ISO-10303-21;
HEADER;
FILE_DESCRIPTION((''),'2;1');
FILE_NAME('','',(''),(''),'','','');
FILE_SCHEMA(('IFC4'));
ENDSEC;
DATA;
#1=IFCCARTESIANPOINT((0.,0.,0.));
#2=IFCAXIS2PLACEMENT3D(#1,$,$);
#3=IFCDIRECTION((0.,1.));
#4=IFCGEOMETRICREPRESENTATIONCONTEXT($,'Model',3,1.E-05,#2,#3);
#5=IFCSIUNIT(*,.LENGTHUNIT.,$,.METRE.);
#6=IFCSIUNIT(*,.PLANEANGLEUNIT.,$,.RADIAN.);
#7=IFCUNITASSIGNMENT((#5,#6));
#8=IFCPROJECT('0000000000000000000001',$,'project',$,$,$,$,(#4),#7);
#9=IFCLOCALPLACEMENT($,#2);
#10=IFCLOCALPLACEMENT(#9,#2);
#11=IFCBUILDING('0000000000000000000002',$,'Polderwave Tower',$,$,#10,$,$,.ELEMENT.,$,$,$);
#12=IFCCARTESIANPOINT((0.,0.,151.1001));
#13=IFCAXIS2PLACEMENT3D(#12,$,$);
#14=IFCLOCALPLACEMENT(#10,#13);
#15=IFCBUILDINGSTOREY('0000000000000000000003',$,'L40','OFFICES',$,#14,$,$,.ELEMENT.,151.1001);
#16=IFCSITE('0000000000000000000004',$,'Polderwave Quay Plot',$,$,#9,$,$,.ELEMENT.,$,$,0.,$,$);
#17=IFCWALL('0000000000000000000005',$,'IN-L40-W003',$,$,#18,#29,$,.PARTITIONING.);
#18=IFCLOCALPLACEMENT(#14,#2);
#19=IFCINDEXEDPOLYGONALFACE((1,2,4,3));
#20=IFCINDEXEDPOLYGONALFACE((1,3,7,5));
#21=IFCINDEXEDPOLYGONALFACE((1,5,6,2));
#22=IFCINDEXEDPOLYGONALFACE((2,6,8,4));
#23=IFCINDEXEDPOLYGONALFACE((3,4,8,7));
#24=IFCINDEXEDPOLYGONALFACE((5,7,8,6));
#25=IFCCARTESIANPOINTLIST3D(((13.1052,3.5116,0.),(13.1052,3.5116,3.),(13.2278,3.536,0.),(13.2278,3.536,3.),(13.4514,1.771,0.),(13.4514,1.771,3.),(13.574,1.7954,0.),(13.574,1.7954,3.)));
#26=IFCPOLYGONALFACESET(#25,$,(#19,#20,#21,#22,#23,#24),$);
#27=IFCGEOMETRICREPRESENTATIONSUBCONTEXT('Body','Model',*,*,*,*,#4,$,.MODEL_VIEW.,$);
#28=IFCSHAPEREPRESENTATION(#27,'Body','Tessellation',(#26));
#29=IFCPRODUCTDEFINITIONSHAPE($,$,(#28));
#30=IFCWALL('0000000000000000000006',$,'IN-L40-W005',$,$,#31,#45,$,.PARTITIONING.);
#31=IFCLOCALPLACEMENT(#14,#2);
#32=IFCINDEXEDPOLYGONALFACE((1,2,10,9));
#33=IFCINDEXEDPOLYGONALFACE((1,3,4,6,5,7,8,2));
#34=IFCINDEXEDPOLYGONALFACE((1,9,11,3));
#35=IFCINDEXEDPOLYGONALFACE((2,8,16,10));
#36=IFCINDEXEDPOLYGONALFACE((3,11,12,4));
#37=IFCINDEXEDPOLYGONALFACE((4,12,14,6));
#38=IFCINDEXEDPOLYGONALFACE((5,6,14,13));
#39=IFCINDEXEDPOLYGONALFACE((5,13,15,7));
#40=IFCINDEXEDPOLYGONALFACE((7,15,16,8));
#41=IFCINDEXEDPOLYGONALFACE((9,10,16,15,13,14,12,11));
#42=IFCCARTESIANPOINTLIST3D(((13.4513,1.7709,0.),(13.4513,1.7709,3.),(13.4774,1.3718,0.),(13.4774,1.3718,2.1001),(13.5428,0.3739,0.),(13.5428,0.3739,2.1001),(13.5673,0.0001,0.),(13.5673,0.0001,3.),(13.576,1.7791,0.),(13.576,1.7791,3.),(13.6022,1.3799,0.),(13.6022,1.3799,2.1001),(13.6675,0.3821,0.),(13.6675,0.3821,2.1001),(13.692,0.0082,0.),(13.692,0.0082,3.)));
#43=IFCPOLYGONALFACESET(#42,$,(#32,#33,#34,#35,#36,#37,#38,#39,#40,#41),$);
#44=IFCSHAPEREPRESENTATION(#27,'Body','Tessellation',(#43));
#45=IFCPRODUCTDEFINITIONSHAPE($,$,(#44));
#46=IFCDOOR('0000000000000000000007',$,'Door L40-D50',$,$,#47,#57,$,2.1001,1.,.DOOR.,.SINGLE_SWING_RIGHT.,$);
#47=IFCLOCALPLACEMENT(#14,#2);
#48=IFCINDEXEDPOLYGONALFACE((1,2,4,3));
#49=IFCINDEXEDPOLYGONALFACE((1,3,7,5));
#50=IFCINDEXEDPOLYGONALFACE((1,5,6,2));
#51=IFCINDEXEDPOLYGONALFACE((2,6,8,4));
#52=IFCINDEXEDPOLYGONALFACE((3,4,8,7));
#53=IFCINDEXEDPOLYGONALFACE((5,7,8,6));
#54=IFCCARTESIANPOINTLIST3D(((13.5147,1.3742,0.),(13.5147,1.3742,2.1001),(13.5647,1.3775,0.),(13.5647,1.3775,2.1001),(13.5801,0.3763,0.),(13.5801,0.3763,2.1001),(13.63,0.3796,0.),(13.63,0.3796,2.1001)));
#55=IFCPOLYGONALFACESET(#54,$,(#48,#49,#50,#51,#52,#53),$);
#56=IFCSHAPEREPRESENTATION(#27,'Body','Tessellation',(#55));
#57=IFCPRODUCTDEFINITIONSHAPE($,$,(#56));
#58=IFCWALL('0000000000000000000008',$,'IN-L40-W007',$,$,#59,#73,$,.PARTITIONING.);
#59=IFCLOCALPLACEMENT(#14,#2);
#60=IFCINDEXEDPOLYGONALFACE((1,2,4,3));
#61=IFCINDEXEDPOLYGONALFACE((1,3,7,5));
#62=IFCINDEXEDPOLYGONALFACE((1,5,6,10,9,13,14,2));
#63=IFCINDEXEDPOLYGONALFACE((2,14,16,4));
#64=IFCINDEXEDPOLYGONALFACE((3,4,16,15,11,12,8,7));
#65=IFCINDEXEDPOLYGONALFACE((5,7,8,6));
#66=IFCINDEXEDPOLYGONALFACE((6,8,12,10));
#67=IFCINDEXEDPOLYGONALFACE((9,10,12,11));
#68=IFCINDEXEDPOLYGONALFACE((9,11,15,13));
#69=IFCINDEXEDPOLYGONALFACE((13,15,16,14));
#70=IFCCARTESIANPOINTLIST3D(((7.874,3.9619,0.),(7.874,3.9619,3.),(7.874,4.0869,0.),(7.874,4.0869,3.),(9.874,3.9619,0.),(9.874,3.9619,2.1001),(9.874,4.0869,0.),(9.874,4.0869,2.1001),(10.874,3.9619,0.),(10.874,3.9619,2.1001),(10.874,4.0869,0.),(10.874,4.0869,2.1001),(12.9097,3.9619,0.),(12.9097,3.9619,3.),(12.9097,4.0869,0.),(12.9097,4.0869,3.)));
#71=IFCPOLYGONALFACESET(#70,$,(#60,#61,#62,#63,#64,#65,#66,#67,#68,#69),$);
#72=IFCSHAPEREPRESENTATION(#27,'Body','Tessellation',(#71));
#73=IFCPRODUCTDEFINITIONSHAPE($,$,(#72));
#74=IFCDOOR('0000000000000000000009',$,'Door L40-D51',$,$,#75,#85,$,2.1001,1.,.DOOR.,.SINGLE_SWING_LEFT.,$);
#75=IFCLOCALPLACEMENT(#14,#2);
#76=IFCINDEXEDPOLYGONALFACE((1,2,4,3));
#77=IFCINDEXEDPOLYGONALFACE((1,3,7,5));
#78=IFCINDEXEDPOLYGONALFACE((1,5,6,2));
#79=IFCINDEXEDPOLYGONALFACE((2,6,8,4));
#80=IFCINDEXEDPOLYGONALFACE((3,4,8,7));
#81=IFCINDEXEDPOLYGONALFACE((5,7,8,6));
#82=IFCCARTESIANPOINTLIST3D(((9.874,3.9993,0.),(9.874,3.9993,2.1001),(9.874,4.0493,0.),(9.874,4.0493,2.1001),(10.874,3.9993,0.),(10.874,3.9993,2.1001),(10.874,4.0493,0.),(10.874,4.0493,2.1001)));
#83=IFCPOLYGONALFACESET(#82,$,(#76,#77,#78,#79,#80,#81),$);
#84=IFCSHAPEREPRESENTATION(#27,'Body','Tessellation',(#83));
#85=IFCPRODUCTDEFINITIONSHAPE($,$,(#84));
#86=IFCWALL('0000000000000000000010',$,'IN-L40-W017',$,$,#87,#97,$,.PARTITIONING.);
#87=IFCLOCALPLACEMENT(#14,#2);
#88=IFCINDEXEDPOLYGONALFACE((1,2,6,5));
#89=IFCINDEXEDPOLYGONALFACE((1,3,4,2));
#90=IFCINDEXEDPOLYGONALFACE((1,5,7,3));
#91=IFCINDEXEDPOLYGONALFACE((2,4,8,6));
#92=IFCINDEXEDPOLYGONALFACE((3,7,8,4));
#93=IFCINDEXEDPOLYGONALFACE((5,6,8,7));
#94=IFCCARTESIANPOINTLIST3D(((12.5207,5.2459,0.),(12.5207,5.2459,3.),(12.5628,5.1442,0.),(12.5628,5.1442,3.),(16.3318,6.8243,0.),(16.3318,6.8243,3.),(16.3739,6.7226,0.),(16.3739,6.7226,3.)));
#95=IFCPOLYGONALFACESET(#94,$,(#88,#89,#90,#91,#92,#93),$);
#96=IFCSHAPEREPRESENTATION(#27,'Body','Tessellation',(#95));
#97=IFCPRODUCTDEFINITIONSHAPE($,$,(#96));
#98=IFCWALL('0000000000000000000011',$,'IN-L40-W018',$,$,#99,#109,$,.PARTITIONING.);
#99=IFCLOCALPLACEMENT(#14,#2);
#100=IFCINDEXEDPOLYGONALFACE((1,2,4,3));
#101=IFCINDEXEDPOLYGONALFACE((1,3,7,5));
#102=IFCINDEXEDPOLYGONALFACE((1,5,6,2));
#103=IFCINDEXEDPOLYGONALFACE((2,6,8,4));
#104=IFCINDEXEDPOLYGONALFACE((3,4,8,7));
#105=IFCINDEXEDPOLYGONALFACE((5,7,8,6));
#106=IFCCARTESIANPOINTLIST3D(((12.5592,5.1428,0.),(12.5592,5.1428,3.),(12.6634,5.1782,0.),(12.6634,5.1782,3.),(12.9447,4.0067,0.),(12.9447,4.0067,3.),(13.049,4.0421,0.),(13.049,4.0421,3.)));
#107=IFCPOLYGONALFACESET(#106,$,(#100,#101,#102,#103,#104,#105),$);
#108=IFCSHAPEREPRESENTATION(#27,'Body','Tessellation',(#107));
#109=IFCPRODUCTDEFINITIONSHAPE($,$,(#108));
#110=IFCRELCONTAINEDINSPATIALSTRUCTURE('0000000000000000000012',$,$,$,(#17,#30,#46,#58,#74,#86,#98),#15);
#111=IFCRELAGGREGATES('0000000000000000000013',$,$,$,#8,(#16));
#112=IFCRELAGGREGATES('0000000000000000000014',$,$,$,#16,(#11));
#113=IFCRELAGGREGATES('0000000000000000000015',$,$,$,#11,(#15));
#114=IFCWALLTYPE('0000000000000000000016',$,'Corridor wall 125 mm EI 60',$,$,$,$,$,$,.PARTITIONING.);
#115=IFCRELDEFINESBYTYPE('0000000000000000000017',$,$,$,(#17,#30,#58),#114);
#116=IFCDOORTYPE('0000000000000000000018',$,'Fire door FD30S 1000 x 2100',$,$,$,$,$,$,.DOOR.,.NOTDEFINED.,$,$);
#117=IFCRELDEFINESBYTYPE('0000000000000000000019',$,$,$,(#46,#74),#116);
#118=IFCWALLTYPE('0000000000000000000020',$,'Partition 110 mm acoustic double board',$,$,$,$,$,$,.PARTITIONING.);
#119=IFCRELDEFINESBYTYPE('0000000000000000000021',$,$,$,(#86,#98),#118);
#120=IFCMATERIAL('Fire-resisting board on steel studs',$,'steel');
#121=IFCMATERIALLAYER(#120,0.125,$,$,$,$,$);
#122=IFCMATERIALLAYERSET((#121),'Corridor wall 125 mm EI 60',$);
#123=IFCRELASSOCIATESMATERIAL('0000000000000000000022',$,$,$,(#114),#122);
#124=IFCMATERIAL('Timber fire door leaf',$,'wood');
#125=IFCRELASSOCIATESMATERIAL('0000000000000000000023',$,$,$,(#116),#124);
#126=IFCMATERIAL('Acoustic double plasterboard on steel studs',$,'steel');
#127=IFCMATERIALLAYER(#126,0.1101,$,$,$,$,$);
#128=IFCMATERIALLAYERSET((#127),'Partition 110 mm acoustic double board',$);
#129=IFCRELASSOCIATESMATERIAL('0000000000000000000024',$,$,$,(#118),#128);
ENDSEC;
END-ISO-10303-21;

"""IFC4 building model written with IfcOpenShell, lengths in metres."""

from ifc_helpers import new_model, si_unit, direction, frame, frame_2d, origin, place, context, subcontext, project, spatial, rectangle, extrude, material, layer, layer_set, type_object, element, fill, save


model = new_model("IFC4")

# Units and contexts
model_context = context("Model", 3, precision=1e-05, world=origin(), true_north=direction((0.0, 1.0)))
body_context = subcontext(model_context, "Body", "Model", "MODEL_VIEW")
ifc_project = project(units=[si_unit("LENGTHUNIT", "METRE"), si_unit("PLANEANGLEUNIT", "RADIAN")], contexts=[model_context])

# Site, building, storey
site_placement = place(None, origin())
site = spatial("IfcSite", under=ifc_project, at=site_placement, Name="Polderwave Quay Plot", CompositionType="ELEMENT", RefElevation=0.0)
building_placement = place(site_placement, origin())
building = spatial("IfcBuilding", under=site, at=building_placement, Name="Polderwave Tower", CompositionType="ELEMENT")
storey_placement = place(building_placement, frame((0.0, 0.0, 151.1001)))
storey = spatial("IfcBuildingStorey", under=building, at=storey_placement, Name="L40", Description="OFFICES", CompositionType="ELEMENT", Elevation=151.1001)

# Wall
ifc_material_1 = material(Name="Fire-resisting board on steel studs", Category="steel")
ifc_layer_1 = layer(ifc_material_1, 0.125)
ifc_layer_set_1 = layer_set([ifc_layer_1], Name="Corridor wall 125 mm EI 60")
wall_type_1 = type_object("IfcWallType", Name="Corridor wall 125 mm EI 60", PredefinedType="PARTITIONING", material=ifc_layer_set_1)
wall_1_placement = place(storey_placement, frame((13.1665, 3.5237, 0.0), z_axis=(0.0, 0.0, 1.0), x_axis=(0.195084, -0.980786, 0.0)))
element("IfcWall", 1, at=wall_1_placement, inside=storey, type_object=wall_type_1, Name="IN-L40-W003", PredefinedType="PARTITIONING", context=body_context, shape_type="SweptSolid", body=[
    extrude(rectangle(XDim=1.7747, YDim=0.125, at=frame_2d((0.8872, 0.0))), origin(), (0.0, 0.0, 1.0), 3.0),
])

# Walls, openings, doors
wall_2_placement = place(storey_placement, frame((13.5137, 1.7749, 0.0), z_axis=(0.0, 0.0, 1.0), x_axis=(0.06535, -0.997862, 0.0)))
wall_2 = element("IfcWall", 2, at=wall_2_placement, inside=storey, type_object=wall_type_1, Name="IN-L40-W005", PredefinedType="PARTITIONING", context=body_context, shape_type="SweptSolid", body=[
    extrude(rectangle(XDim=1.7747, YDim=0.125, at=frame_2d((0.8872, 0.0))), origin(), (0.0, 0.0, 1.0), 3.0),
])
opening_1_placement = place(wall_2_placement, frame((0.3999, 0.0, 0.0)))
opening_1 = element("IfcOpeningElement", 3, at=opening_1_placement, cuts=wall_2, PredefinedType="OPENING", context=body_context, shape_type="SweptSolid", body=[
    extrude(rectangle(XDim=1.0, YDim=2.1001, at=frame_2d((0.5, 1.05))), frame((0.0, 0.0725, 0.0), z_axis=(0.0, -1.0, 0.0), x_axis=(1.0, 0.0, 0.0)), (0.0, 0.0, 1.0), 0.145),
])
ifc_material_2 = material(Name="Timber fire door leaf", Category="wood")
door_type = type_object("IfcDoorType", Name="Fire door FD30S 1000 x 2100", OperationType="NOTDEFINED", PredefinedType="DOOR", material=ifc_material_2)
door_1_placement = place(opening_1_placement, origin())
door_1 = element("IfcDoor", 4, at=door_1_placement, inside=storey, type_object=door_type, Name="Door L40-D50", OperationType="SINGLE_SWING_RIGHT", OverallHeight=2.1001, OverallWidth=1.0, PredefinedType="DOOR", context=body_context, shape_type="SweptSolid", body=[
    extrude(rectangle(XDim=1.0, YDim=2.1001, at=frame_2d((0.5, 1.05))), frame((0.0, 0.0249, 0.0), z_axis=(0.0, -1.0, 0.0), x_axis=(1.0, 0.0, 0.0)), (0.0, 0.0, 1.0), 0.05),
])
fill(opening_1, door_1)
wall_3_placement = place(storey_placement, frame((7.874, 4.0244, 0.0), z_axis=(0.0, 0.0, 1.0), x_axis=(1.0, 0.0, 0.0)))
wall_3 = element("IfcWall", 5, at=wall_3_placement, inside=storey, type_object=wall_type_1, Name="IN-L40-W007", PredefinedType="PARTITIONING", context=body_context, shape_type="SweptSolid", body=[
    extrude(rectangle(XDim=5.0356, YDim=0.125, at=frame_2d((2.5178, 0.0))), origin(), (0.0, 0.0, 1.0), 3.0),
])
opening_2_placement = place(wall_3_placement, frame((2.0, 0.0, 0.0)))
opening_2 = element("IfcOpeningElement", 6, at=opening_2_placement, cuts=wall_3, PredefinedType="OPENING", context=body_context, shape_type="SweptSolid", body=[
    extrude(rectangle(XDim=1.0, YDim=2.1001, at=frame_2d((0.5, 1.05))), frame((0.0, 0.0725, 0.0), z_axis=(0.0, -1.0, 0.0), x_axis=(1.0, 0.0, 0.0)), (0.0, 0.0, 1.0), 0.145),
])
door_2_placement = place(opening_2_placement, origin())
door_2 = element("IfcDoor", 7, at=door_2_placement, inside=storey, type_object=door_type, Name="Door L40-D51", OperationType="SINGLE_SWING_LEFT", OverallHeight=2.1001, OverallWidth=1.0, PredefinedType="DOOR", context=body_context, shape_type="SweptSolid", body=[
    extrude(rectangle(XDim=1.0, YDim=2.1001, at=frame_2d((0.5, 1.05))), frame((0.0, 0.0249, 0.0), z_axis=(0.0, -1.0, 0.0), x_axis=(1.0, 0.0, 0.0)), (0.0, 0.0, 1.0), 0.05),
])
fill(opening_2, door_2)

# Walls
ifc_material_3 = material(Name="Acoustic double plasterboard on steel studs", Category="steel")
ifc_layer_2 = layer(ifc_material_3, 0.1101)
ifc_layer_set_2 = layer_set([ifc_layer_2], Name="Partition 110 mm acoustic double board")
wall_type_2 = type_object("IfcWallType", Name="Partition 110 mm acoustic double board", PredefinedType="PARTITIONING", material=ifc_layer_set_2)
wall_4_placement = place(storey_placement, frame((12.5417, 5.1951, 0.0), z_axis=(0.0, 0.0, 1.0), x_axis=(0.923898, 0.382639, 0.0)))
element("IfcWall", 8, at=wall_4_placement, inside=storey, type_object=wall_type_2, Name="IN-L40-W017", PredefinedType="PARTITIONING", context=body_context, shape_type="SweptSolid", body=[
    extrude(rectangle(XDim=4.125, YDim=0.1101, at=frame_2d((2.0625, 0.0))), origin(), (0.0, 0.0, 1.0), 3.0),
])
wall_5_placement = place(storey_placement, frame((12.9968, 4.0244, 0.0), z_axis=(0.0, 0.0, 1.0), x_axis=(-0.321352, 0.94696, 0.0)))
element("IfcWall", 9, at=wall_5_placement, inside=storey, type_object=wall_type_2, Name="IN-L40-W018", PredefinedType="PARTITIONING", context=body_context, shape_type="SweptSolid", body=[
    extrude(rectangle(XDim=1.1997, YDim=0.1101, at=frame_2d((0.5999, 0.0))), origin(), (0.0, 0.0, 1.0), 3.0),
])

save(model, "model.ifc")
